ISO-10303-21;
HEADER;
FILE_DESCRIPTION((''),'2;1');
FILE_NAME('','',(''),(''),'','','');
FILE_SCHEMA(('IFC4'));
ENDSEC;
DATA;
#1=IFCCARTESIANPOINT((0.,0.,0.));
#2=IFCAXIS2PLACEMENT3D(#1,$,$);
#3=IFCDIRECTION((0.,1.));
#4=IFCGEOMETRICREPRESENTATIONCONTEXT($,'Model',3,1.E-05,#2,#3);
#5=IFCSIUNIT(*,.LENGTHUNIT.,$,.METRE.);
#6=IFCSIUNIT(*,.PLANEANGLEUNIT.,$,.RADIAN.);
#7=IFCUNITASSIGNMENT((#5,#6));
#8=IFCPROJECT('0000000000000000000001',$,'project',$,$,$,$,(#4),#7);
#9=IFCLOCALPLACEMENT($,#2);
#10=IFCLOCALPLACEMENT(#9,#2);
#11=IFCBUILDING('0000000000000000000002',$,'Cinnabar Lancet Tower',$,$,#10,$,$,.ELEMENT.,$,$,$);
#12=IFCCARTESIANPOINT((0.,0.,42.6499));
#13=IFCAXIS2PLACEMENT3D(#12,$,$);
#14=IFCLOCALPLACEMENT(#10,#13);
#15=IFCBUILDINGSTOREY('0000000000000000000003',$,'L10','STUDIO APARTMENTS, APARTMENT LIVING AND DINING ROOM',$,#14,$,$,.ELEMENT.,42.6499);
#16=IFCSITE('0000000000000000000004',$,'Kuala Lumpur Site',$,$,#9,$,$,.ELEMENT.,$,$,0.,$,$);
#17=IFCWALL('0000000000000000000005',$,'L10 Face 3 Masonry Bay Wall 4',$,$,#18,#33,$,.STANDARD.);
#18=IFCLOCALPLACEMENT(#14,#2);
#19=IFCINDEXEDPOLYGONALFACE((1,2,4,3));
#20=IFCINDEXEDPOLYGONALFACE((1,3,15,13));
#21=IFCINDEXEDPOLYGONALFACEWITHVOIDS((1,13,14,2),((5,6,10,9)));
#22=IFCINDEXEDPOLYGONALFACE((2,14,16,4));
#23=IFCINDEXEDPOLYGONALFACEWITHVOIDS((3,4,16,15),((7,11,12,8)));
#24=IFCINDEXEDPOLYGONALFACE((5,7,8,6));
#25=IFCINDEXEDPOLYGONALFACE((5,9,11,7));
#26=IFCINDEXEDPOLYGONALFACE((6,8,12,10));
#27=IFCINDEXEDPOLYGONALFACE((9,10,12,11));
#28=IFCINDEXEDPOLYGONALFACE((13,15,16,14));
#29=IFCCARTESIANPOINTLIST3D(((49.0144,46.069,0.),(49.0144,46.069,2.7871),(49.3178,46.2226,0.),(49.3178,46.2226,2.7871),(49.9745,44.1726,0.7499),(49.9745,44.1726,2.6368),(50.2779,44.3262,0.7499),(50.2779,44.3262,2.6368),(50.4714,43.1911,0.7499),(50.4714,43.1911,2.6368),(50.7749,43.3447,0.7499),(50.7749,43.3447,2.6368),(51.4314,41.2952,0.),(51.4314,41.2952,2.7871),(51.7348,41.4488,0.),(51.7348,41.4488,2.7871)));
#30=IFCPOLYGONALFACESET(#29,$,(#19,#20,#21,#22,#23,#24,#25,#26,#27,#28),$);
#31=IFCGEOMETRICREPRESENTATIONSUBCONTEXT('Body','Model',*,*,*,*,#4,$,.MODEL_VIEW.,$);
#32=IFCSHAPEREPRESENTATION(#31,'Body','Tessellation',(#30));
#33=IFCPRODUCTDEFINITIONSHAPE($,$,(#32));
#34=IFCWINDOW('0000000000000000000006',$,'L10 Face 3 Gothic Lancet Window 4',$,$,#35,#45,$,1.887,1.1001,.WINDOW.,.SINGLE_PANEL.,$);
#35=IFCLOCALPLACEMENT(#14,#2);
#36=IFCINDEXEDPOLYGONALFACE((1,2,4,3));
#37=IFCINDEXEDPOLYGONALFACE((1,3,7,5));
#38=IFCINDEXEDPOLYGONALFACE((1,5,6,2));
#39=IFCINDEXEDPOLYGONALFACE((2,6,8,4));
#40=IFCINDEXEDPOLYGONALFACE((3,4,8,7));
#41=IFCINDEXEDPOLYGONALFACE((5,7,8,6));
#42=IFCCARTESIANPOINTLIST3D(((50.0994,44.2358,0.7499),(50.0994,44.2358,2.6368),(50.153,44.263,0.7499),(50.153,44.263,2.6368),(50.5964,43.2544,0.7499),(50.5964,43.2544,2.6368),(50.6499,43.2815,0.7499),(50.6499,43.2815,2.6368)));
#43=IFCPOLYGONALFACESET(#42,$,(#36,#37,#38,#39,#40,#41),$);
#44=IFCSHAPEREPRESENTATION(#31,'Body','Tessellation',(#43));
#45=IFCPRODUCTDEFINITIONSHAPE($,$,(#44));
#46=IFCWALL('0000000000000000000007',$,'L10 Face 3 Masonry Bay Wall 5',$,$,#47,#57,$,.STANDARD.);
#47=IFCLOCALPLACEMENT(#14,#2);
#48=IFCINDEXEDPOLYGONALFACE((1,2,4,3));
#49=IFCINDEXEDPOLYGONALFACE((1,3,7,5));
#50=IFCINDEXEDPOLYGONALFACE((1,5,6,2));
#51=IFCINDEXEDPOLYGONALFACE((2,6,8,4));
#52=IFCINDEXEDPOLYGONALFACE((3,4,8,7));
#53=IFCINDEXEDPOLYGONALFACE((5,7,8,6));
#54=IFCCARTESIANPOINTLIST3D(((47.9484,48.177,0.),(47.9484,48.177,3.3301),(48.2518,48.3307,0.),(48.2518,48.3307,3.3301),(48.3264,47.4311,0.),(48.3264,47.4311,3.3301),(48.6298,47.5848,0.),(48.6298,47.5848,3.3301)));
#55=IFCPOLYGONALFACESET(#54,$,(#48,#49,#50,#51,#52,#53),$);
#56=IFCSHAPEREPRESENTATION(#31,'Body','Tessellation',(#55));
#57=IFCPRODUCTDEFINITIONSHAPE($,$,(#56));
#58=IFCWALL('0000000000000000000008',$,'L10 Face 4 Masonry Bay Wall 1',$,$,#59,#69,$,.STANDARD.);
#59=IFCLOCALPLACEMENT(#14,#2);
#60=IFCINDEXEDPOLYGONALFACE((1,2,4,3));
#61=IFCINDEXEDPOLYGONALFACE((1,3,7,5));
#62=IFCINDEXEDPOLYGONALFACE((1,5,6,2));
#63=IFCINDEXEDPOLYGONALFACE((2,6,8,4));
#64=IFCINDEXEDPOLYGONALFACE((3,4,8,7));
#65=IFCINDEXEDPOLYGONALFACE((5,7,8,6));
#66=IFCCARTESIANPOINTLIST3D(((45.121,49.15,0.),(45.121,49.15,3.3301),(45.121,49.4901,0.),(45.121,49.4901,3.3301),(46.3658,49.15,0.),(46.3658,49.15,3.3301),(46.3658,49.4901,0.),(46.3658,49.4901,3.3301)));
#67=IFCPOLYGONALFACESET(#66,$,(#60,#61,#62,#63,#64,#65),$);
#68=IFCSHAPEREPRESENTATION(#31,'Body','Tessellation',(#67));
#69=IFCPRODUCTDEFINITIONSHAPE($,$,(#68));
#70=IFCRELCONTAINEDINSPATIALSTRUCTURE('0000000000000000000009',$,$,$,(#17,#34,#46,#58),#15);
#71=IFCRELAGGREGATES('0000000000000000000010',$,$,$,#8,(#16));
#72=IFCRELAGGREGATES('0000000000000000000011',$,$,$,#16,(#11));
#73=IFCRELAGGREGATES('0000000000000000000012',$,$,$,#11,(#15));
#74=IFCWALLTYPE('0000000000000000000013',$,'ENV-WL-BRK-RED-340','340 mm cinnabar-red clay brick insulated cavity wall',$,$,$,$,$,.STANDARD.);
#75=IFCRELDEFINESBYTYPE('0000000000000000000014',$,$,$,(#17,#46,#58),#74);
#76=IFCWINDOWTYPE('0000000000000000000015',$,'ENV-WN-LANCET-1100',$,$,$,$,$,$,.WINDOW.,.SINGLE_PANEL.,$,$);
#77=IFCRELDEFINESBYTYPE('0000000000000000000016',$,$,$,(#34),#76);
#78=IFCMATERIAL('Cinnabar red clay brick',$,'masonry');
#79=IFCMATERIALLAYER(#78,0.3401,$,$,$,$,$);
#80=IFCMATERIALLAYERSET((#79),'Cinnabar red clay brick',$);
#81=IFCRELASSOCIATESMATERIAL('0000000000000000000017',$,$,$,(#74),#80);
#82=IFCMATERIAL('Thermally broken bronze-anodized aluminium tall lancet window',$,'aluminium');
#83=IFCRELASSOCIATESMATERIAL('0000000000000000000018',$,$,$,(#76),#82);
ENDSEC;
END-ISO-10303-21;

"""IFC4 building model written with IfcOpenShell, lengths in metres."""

from ifc_helpers import new_model, si_unit, direction, frame, frame_2d, origin, place, context, subcontext, project, spatial, rectangle, extrude, material, layer, layer_set, type_object, element, fill, save


model = new_model("IFC4")

# Units and contexts
model_context = context("Model", 3, precision=1e-05, world=origin(), true_north=direction((0.0, 1.0)))
body_context = subcontext(model_context, "Body", "Model", "MODEL_VIEW")
ifc_project = project(units=[si_unit("LENGTHUNIT", "METRE"), si_unit("PLANEANGLEUNIT", "RADIAN")], contexts=[model_context])

# Site, building, storey
site_placement = place(None, origin())
site = spatial("IfcSite", under=ifc_project, at=site_placement, Name="Kuala Lumpur Site", CompositionType="ELEMENT", RefElevation=0.0)
building_placement = place(site_placement, origin())
building = spatial("IfcBuilding", under=site, at=building_placement, Name="Cinnabar Lancet Tower", CompositionType="ELEMENT")
storey_placement = place(building_placement, frame((0.0, 0.0, 42.6499)))
storey = spatial("IfcBuildingStorey", under=building, at=storey_placement, Name="L10", Description="STUDIO APARTMENTS, APARTMENT LIVING AND DINING ROOM", CompositionType="ELEMENT", Elevation=42.6499)

# Shared definitions
ifc_material_1 = material(Name="Cinnabar red clay brick", Category="masonry")
ifc_layer_1 = layer(ifc_material_1, 0.3401)
ifc_layer_set_1 = layer_set([ifc_layer_1], Name="Cinnabar red clay brick")
wall_type_1 = type_object("IfcWallType", Name="ENV-WL-BRK-RED-340", Description="340 mm cinnabar-red clay brick insulated cavity wall", PredefinedType="STANDARD", material=ifc_layer_set_1)

# Wall, opening, window
wall_1_placement = place(storey_placement, frame((51.583, 41.3721, 0.0), z_axis=(0.0, 0.0, 1.0), x_axis=(-0.451698, 0.892171, 0.0)))
wall_1 = element("IfcWall", 1, at=wall_1_placement, inside=storey, type_object=wall_type_1, Name="L10 Face 3 Masonry Bay Wall 4", PredefinedType="STANDARD", context=body_context, shape_type="SweptSolid", body=[
    extrude(rectangle(XDim=5.3508, YDim=0.3401, at=frame_2d((2.6753, 0.0))), origin(), (0.0, 0.0, 1.0), 2.7871),
])
opening_1_placement = place(wall_1_placement, frame((2.125, 0.0, 0.75)))
opening_1 = element("IfcOpeningElement", 2, at=opening_1_placement, cuts=wall_1, PredefinedType="OPENING", context=body_context, shape_type="SweptSolid", body=[
    extrude(rectangle(XDim=1.1001, YDim=1.887, at=frame_2d((0.55, 0.9434))), frame((0.0, 0.1799, 0.0), z_axis=(0.0, -1.0, 0.0), x_axis=(1.0, 0.0, 0.0)), (0.0, 0.0, 1.0), 0.3601),
])
ifc_material_2 = material(Name="Thermally broken bronze-anodized aluminium tall lancet window", Category="aluminium")
window_type = type_object("IfcWindowType", Name="ENV-WN-LANCET-1100", PartitioningType="SINGLE_PANEL", PredefinedType="WINDOW", material=ifc_material_2)
window_placement = place(opening_1_placement, origin())
window = element("IfcWindow", 3, at=window_placement, inside=storey, type_object=window_type, Name="L10 Face 3 Gothic Lancet Window 4", OverallHeight=1.887, OverallWidth=1.1001, PartitioningType="SINGLE_PANEL", PredefinedType="WINDOW", context=body_context, shape_type="SweptSolid", body=[
    extrude(rectangle(XDim=1.1001, YDim=1.887, at=frame_2d((0.55, 0.9434))), frame((0.0, 0.03, 0.0), z_axis=(0.0, -1.0, 0.0), x_axis=(1.0, 0.0, 0.0)), (0.0, 0.0, 1.0), 0.0601),
])
fill(opening_1, window)

# Walls
wall_2_placement = place(storey_placement, frame((48.478, 47.5081, 0.0), z_axis=(0.0, 0.0, 1.0), x_axis=(-0.451996, 0.89202, 0.0)))
element("IfcWall", 4, at=wall_2_placement, inside=storey, type_object=wall_type_1, Name="L10 Face 3 Masonry Bay Wall 5", PredefinedType="STANDARD", context=body_context, shape_type="SweptSolid", body=[
    extrude(rectangle(XDim=0.8362, YDim=0.3401, at=frame_2d((0.418, 0.0))), origin(), (0.0, 0.0, 1.0), 3.3301),
])
wall_3_placement = place(storey_placement, frame((46.366, 49.3201, 0.0), z_axis=(0.0, 0.0, 1.0), x_axis=(-1.0, 0.0, 0.0)))
element("IfcWall", 5, at=wall_3_placement, inside=storey, type_object=wall_type_1, Name="L10 Face 4 Masonry Bay Wall 1", PredefinedType="STANDARD", context=body_context, shape_type="SweptSolid", body=[
    extrude(rectangle(XDim=1.2449, YDim=0.3401, at=frame_2d((0.6226, 0.0))), origin(), (0.0, 0.0, 1.0), 3.3301),
])

save(model, "model.ifc")
